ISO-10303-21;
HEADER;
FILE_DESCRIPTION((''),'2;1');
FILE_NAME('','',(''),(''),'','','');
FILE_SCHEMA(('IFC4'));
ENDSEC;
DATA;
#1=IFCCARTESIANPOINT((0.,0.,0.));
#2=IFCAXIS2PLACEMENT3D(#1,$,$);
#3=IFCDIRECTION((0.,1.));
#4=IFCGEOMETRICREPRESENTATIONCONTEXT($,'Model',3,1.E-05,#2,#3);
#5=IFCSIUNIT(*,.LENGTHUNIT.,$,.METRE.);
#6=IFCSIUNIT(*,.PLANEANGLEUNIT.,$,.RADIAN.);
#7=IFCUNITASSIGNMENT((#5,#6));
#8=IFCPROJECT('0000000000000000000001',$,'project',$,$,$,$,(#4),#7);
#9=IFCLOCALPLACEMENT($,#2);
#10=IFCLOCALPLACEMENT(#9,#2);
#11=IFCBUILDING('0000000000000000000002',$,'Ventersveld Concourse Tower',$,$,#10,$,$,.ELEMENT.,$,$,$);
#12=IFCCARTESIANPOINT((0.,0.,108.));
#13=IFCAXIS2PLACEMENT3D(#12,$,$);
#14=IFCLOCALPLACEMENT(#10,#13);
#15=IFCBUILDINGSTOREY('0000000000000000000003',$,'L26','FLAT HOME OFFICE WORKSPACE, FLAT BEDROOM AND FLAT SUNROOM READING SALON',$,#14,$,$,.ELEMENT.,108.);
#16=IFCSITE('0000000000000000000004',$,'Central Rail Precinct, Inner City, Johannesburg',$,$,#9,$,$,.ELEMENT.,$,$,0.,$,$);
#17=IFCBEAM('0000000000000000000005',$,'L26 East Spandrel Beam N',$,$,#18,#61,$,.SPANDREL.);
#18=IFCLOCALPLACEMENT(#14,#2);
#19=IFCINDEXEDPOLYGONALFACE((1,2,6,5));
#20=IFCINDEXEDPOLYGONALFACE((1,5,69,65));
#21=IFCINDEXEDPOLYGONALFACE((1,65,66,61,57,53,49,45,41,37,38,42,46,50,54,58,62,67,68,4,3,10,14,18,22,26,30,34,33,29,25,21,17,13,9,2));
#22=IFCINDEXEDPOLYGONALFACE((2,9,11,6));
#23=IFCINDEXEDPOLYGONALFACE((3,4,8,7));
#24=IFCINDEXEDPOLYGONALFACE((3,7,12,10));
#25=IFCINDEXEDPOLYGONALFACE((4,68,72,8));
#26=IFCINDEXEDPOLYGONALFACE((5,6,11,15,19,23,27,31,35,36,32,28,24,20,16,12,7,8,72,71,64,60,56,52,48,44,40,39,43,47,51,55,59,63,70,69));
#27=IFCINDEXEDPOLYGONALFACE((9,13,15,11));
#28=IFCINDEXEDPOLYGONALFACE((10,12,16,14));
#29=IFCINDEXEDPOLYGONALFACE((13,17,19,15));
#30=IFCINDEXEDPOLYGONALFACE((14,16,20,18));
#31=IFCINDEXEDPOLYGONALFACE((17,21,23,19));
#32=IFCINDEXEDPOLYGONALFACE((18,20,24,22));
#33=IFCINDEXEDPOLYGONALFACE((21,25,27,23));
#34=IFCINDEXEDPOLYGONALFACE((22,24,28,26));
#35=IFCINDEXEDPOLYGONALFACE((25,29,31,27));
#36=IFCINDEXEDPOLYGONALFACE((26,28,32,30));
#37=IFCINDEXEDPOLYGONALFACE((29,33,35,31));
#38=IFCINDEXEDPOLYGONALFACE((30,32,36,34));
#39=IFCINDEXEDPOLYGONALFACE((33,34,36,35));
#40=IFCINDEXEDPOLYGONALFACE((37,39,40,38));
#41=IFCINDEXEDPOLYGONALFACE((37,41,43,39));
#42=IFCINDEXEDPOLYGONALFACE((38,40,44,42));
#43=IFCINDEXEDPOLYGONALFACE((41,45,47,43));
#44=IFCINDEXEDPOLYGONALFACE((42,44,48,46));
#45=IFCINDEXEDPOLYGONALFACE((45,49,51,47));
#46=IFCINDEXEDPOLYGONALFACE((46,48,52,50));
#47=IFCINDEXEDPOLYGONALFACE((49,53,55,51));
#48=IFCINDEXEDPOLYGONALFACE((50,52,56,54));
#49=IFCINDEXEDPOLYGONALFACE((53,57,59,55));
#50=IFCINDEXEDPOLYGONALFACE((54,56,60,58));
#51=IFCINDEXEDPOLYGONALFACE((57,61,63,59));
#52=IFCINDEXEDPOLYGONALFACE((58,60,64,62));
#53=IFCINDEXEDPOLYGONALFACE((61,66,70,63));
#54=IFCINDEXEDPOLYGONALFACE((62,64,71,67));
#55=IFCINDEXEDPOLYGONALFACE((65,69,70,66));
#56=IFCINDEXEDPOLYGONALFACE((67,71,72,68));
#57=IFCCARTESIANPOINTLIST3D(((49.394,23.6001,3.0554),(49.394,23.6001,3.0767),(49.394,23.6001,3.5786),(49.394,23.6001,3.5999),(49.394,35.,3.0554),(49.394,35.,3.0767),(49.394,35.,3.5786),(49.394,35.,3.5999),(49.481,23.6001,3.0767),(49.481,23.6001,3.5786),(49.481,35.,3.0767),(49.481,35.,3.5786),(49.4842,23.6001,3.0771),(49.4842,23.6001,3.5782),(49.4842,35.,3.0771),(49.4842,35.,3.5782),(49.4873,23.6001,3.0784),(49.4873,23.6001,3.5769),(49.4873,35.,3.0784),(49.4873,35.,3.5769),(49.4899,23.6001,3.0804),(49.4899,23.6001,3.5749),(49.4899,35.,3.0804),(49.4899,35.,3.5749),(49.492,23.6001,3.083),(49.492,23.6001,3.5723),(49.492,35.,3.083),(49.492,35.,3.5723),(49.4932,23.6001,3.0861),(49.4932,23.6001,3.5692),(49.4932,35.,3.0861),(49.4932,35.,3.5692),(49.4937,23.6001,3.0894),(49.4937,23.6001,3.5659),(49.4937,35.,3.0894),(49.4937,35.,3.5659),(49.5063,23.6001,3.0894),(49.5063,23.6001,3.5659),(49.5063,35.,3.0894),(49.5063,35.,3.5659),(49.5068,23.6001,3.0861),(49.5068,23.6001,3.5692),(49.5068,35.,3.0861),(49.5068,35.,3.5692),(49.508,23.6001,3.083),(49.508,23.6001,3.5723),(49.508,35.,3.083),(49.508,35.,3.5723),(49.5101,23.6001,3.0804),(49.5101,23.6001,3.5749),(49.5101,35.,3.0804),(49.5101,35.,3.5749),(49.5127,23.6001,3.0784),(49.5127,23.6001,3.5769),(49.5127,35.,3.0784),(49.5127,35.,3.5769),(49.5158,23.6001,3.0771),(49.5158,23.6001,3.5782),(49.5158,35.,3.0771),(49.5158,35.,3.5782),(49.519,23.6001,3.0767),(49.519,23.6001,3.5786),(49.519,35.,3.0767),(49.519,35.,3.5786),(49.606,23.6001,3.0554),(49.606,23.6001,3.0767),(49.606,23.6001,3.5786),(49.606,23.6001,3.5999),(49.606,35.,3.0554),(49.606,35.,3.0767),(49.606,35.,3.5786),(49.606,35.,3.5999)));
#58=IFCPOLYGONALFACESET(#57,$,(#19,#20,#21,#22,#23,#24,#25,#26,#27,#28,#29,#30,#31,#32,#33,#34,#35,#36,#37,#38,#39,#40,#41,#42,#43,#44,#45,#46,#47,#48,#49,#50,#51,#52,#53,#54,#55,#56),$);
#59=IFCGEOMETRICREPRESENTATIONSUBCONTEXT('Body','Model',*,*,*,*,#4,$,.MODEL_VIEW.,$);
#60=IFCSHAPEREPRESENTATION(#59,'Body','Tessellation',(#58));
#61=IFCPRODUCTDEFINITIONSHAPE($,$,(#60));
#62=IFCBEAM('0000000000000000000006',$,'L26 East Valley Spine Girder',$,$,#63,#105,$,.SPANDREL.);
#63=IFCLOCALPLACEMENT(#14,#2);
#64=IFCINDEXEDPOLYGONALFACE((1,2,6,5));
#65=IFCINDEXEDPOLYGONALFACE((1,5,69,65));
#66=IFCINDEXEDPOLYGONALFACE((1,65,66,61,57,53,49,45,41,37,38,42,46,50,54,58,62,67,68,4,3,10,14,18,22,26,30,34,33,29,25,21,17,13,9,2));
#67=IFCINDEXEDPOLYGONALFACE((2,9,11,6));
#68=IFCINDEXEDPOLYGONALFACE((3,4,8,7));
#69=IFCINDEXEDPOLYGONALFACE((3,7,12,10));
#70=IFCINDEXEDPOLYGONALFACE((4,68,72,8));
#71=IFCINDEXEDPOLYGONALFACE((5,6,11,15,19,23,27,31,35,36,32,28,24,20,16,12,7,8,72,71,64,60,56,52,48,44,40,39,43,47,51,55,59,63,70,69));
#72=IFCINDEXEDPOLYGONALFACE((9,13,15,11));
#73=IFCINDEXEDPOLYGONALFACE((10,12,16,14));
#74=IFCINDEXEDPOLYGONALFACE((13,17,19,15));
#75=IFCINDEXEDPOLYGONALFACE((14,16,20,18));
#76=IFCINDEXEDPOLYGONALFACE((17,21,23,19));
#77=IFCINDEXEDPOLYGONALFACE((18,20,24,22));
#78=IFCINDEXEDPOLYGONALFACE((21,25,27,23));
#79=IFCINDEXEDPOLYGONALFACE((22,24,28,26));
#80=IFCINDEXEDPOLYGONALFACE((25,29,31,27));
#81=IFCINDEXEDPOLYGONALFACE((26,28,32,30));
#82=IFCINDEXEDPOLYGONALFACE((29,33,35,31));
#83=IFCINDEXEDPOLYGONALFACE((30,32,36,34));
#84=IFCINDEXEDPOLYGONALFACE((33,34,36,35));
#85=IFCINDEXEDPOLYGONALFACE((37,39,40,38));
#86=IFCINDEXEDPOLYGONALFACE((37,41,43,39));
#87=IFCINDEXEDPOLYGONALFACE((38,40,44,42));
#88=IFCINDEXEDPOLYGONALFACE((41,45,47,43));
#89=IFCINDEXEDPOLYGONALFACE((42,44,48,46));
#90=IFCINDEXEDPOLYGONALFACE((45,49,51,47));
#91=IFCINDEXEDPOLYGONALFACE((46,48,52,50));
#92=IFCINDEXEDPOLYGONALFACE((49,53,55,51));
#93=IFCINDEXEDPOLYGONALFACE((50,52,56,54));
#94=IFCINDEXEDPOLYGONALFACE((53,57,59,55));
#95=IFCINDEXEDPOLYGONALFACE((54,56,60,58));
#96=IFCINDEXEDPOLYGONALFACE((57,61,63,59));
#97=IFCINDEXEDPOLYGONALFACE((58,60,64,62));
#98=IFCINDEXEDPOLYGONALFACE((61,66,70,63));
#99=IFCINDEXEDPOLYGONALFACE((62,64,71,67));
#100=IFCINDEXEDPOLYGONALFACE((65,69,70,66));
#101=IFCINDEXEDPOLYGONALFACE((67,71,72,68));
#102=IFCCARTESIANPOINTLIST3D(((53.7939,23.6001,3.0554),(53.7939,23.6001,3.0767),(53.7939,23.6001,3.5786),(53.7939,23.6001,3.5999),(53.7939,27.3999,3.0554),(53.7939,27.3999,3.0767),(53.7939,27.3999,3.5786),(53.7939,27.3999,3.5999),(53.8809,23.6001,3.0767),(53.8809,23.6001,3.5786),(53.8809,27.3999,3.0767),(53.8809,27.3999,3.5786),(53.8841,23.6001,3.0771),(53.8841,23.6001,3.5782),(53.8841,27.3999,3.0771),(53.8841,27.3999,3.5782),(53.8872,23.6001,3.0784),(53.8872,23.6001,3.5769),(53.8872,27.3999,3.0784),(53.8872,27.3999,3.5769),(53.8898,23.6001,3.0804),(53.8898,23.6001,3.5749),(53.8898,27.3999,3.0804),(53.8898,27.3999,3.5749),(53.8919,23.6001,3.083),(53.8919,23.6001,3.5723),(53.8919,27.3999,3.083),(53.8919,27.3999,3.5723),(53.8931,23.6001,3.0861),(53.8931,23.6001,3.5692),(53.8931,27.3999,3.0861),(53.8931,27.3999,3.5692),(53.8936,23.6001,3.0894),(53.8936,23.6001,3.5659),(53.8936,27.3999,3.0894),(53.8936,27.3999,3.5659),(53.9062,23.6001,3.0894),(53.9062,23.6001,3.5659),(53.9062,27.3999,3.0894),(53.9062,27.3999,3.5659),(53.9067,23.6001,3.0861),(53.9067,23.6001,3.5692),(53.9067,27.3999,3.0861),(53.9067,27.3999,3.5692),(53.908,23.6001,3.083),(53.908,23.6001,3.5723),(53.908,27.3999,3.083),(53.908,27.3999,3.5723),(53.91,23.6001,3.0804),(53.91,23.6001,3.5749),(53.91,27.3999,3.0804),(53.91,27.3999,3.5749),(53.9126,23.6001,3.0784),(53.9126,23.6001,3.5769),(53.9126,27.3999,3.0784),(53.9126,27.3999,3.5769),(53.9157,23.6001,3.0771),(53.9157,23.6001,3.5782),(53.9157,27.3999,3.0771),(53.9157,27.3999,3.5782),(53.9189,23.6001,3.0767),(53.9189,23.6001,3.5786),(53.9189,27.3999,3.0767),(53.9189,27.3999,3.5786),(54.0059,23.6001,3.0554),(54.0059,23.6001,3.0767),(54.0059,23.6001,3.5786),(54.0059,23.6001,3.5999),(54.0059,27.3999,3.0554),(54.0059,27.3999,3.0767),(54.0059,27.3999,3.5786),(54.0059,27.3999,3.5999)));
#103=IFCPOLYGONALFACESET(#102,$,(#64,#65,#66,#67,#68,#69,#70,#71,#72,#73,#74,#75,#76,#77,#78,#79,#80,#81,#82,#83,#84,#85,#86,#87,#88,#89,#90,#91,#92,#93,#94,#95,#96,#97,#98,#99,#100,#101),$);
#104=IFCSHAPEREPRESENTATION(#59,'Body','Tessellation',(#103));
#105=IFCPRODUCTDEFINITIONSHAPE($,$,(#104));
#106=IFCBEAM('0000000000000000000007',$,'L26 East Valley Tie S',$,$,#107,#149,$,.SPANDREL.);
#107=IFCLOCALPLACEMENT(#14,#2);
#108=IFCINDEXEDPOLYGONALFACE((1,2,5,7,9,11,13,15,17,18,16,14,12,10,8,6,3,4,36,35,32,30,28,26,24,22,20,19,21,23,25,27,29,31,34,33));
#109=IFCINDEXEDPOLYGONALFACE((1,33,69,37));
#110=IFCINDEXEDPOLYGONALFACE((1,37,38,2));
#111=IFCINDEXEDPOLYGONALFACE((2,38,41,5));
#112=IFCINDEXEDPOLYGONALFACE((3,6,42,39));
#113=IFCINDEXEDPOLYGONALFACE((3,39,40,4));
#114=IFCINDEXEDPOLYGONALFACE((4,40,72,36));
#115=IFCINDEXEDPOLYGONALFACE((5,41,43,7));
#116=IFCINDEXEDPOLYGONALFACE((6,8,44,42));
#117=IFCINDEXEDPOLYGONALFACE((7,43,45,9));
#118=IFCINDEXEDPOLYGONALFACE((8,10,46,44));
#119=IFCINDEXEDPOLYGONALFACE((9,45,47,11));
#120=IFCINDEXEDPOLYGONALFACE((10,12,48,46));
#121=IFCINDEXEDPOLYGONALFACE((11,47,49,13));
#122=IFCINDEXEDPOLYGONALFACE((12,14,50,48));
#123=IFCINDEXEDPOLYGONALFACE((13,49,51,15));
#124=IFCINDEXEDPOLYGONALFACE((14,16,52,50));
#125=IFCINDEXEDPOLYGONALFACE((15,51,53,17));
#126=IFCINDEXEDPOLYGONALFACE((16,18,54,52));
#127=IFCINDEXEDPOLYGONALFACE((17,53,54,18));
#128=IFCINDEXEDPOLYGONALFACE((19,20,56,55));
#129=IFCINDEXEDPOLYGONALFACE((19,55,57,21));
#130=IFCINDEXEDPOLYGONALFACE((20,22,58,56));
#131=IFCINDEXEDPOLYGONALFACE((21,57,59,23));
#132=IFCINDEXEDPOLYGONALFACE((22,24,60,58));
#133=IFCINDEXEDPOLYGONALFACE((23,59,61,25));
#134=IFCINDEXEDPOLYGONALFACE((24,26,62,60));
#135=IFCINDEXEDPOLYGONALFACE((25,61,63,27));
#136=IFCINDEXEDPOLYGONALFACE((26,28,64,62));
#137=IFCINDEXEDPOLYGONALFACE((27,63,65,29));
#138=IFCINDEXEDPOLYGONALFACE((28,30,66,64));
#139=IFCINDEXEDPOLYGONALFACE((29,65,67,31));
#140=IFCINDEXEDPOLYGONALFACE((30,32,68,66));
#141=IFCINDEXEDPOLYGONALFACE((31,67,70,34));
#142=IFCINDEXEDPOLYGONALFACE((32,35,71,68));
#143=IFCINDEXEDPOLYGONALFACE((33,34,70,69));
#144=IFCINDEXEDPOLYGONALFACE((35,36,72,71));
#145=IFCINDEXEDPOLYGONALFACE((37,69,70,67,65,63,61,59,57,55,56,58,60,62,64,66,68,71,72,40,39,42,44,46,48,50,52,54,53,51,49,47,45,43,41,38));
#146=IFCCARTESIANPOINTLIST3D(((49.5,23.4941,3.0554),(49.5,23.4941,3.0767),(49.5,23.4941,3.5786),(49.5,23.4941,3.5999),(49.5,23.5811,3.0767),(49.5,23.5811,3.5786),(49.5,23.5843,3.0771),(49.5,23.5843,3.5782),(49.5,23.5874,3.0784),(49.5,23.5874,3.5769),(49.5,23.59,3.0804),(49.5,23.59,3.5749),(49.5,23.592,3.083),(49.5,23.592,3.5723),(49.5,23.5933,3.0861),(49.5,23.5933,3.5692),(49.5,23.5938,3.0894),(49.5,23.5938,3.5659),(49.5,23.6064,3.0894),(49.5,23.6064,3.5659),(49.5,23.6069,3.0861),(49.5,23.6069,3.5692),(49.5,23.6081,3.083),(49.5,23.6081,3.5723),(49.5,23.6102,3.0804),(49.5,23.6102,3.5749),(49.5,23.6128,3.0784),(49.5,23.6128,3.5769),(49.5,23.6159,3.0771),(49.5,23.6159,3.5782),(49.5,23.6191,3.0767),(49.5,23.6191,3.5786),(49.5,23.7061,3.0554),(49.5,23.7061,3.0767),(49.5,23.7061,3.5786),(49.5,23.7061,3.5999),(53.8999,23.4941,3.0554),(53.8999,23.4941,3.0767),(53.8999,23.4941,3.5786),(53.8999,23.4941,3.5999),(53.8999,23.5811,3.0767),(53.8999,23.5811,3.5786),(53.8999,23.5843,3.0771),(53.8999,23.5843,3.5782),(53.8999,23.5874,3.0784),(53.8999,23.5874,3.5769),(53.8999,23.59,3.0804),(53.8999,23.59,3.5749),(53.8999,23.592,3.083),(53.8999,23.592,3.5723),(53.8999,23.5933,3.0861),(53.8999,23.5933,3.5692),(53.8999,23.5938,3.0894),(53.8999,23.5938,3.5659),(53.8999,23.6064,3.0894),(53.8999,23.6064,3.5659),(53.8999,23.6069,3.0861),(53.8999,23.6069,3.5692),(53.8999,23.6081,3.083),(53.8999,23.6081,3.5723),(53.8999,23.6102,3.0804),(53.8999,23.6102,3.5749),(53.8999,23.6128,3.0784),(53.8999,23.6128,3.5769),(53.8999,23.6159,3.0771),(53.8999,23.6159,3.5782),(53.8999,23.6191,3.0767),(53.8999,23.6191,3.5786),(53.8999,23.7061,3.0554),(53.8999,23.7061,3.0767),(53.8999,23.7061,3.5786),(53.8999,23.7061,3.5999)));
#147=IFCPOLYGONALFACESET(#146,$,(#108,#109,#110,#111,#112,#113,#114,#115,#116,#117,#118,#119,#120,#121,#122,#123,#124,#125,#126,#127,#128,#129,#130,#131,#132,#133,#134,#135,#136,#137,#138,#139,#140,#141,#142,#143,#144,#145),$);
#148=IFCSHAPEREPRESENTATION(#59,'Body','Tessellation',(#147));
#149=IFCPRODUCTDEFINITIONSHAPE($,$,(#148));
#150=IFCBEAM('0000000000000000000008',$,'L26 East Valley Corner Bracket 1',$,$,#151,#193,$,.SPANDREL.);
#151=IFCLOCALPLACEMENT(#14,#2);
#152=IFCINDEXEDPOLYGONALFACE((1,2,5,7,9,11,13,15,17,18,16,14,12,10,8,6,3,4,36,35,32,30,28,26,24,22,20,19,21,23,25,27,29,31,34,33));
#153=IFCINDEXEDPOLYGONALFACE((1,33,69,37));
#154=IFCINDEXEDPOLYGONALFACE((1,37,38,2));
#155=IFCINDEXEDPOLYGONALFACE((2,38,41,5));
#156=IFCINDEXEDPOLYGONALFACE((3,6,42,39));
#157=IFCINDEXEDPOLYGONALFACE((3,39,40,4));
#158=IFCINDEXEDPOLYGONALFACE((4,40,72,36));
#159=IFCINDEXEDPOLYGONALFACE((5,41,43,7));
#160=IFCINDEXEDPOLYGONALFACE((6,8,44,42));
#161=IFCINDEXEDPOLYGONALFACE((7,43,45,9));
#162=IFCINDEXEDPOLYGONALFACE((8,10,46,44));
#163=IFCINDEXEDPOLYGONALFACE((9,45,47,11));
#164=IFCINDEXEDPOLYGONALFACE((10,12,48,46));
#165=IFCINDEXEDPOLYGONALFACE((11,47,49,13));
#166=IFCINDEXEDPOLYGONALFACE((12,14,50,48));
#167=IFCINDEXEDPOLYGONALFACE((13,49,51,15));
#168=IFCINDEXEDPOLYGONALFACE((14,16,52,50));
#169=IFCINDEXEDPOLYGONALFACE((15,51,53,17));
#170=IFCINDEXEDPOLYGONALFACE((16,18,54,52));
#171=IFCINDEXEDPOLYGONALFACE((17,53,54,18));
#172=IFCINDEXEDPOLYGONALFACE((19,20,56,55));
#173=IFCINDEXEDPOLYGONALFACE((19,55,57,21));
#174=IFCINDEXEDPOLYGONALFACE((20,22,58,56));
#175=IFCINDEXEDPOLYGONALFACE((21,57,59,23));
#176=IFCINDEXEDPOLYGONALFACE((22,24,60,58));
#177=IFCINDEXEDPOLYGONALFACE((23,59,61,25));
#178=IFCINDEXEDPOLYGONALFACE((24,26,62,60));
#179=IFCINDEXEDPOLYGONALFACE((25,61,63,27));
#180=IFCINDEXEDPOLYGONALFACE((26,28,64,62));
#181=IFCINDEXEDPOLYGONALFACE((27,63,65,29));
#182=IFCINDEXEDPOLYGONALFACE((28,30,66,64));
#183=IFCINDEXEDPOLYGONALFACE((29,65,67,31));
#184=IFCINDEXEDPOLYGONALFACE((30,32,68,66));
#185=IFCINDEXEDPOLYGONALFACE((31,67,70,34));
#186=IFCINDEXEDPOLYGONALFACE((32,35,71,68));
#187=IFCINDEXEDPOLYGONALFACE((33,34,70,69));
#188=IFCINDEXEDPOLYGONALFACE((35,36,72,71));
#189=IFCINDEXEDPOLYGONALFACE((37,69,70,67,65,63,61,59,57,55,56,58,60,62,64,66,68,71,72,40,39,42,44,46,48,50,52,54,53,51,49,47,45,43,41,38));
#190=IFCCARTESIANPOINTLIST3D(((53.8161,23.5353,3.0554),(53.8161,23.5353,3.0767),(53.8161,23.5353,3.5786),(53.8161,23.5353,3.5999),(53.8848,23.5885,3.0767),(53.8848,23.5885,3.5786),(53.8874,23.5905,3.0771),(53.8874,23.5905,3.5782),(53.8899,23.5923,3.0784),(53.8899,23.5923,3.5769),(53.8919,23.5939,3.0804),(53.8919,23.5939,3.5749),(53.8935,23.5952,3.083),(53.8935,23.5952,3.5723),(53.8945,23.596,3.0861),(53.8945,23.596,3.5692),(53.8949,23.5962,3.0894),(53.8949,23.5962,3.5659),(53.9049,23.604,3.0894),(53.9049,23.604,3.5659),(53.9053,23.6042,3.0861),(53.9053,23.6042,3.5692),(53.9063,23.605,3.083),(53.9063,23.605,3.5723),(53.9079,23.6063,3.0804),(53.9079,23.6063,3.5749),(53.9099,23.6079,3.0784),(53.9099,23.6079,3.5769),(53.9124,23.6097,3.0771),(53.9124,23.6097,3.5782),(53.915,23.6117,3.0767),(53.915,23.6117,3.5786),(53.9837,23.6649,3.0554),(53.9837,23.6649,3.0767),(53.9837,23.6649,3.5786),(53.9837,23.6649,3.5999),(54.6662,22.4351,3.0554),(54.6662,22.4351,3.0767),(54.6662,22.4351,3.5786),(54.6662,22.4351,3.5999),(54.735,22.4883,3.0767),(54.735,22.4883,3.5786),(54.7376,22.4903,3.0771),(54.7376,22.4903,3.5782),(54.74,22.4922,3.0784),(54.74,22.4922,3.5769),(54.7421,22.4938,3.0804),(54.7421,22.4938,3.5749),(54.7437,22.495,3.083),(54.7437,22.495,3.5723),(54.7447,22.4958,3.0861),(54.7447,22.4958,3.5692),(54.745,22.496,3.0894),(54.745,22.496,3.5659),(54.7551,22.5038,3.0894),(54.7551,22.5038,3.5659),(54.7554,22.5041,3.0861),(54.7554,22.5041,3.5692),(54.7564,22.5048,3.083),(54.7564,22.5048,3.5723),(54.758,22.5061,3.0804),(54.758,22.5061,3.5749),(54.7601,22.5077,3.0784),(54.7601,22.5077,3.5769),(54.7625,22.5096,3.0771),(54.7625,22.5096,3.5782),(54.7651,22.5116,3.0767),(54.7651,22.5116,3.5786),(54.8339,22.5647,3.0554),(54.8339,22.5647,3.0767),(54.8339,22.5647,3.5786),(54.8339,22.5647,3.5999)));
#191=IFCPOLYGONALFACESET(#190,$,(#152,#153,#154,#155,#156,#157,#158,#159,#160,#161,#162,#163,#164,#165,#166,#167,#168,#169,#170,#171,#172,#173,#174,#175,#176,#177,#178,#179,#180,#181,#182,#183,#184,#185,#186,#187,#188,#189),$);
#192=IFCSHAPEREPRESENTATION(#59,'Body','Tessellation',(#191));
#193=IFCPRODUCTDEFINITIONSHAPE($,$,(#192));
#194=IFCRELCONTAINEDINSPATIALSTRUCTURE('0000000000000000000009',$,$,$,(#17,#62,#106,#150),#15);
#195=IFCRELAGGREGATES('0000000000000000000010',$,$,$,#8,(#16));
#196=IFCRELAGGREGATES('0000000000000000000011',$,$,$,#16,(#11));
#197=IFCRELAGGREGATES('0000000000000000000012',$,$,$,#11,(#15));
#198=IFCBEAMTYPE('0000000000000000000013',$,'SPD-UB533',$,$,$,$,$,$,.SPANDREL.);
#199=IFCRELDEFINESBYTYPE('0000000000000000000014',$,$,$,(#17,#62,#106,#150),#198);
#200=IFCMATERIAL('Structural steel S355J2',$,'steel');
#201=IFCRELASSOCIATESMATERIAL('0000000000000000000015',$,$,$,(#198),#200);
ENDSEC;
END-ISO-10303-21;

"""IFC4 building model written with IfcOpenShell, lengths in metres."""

from ifc_helpers import new_model, si_unit, direction, frame, origin, origin_2d, place, context, subcontext, project, spatial, i_section, extrude, material, material_profile, profile_set, type_object, element, save


model = new_model("IFC4")

# Units and contexts
model_context = context("Model", 3, precision=1e-05, world=origin(), true_north=direction((0.0, 1.0)))
body_context = subcontext(model_context, "Body", "Model", "MODEL_VIEW")
ifc_project = project(units=[si_unit("LENGTHUNIT", "METRE"), si_unit("PLANEANGLEUNIT", "RADIAN")], contexts=[model_context])

# Site, building, storey
site_placement = place(None, origin())
site = spatial("IfcSite", under=ifc_project, at=site_placement, Name="Central Rail Precinct, Inner City, Johannesburg", CompositionType="ELEMENT", RefElevation=0.0)
building_placement = place(site_placement, origin())
building = spatial("IfcBuilding", under=site, at=building_placement, Name="Ventersveld Concourse Tower", CompositionType="ELEMENT")
storey_placement = place(building_placement, frame((0.0, 0.0, 108.0)))
storey = spatial("IfcBuildingStorey", under=building, at=storey_placement, Name="L26", Description="FLAT HOME OFFICE WORKSPACE, FLAT BEDROOM AND FLAT SUNROOM READING SALON", CompositionType="ELEMENT", Elevation=108.0)

# Beams
ifc_material_1 = material(Name="Structural steel S355J2", Category="steel")
ifc_material_profile_1 = material_profile(ifc_material_1, i_section(OverallWidth=0.2119, OverallDepth=0.5444, WebThickness=0.0127, FlangeThickness=0.0212, FilletRadius=0.0127, at=origin_2d()), Name="UB 533x210x122")
ifc_profile_set_1 = profile_set([ifc_material_profile_1], Name="Structural steel S355J2")
beam_type_1 = type_object("IfcBeamType", Name="SPD-UB533", PredefinedType="SPANDREL", material=ifc_profile_set_1)
beam_1_placement = place(storey_placement, frame((49.5, 23.6001, 3.3276), z_axis=(0.0, 1.0, 0.0), x_axis=(-1.0, 0.0, 0.0)))
element("IfcBeam", 1, at=beam_1_placement, inside=storey, type_object=beam_type_1, Name="L26 East Spandrel Beam N", PredefinedType="SPANDREL", context=body_context, shape_type="SweptSolid", body=[
    extrude(i_section(OverallWidth=0.2119, OverallDepth=0.5444, WebThickness=0.0127, FlangeThickness=0.0212, FilletRadius=0.0127, at=origin_2d()), origin(), (0.0, 0.0, 1.0), 11.3999),
])
beam_2_placement = place(storey_placement, frame((53.8999, 23.6001, 3.3276), z_axis=(0.0, 1.0, 0.0), x_axis=(-1.0, 0.0, 0.0)))
element("IfcBeam", 2, at=beam_2_placement, inside=storey, type_object=beam_type_1, Name="L26 East Valley Spine Girder", PredefinedType="SPANDREL", context=body_context, shape_type="SweptSolid", body=[
    extrude(i_section(OverallWidth=0.2119, OverallDepth=0.5444, WebThickness=0.0127, FlangeThickness=0.0212, FilletRadius=0.0127, at=origin_2d()), origin(), (0.0, 0.0, 1.0), 3.7998),
])
beam_3_placement = place(storey_placement, frame((49.5, 23.6001, 3.3276), z_axis=(1.0, 0.0, 0.0), x_axis=(0.0, 1.0, 0.0)))
element("IfcBeam", 3, at=beam_3_placement, inside=storey, type_object=beam_type_1, Name="L26 East Valley Tie S", PredefinedType="SPANDREL", context=body_context, shape_type="SweptSolid", body=[
    extrude(i_section(OverallWidth=0.2119, OverallDepth=0.5444, WebThickness=0.0127, FlangeThickness=0.0212, FilletRadius=0.0127, at=origin_2d()), origin(), (0.0, 0.0, 1.0), 4.3999),
])
beam_4_placement = place(storey_placement, frame((53.8999, 23.6001, 3.3276), z_axis=(0.611457, -0.791277, 0.0), x_axis=(0.791277, 0.611457, 0.0)))
element("IfcBeam", 4, at=beam_4_placement, inside=storey, type_object=beam_type_1, Name="L26 East Valley Corner Bracket 1", PredefinedType="SPANDREL", context=body_context, shape_type="SweptSolid", body=[
    extrude(i_section(OverallWidth=0.2119, OverallDepth=0.5444, WebThickness=0.0127, FlangeThickness=0.0212, FilletRadius=0.0127, at=origin_2d()), origin(), (0.0, 0.0, 1.0), 1.3904),
])

save(model, "model.ifc")
